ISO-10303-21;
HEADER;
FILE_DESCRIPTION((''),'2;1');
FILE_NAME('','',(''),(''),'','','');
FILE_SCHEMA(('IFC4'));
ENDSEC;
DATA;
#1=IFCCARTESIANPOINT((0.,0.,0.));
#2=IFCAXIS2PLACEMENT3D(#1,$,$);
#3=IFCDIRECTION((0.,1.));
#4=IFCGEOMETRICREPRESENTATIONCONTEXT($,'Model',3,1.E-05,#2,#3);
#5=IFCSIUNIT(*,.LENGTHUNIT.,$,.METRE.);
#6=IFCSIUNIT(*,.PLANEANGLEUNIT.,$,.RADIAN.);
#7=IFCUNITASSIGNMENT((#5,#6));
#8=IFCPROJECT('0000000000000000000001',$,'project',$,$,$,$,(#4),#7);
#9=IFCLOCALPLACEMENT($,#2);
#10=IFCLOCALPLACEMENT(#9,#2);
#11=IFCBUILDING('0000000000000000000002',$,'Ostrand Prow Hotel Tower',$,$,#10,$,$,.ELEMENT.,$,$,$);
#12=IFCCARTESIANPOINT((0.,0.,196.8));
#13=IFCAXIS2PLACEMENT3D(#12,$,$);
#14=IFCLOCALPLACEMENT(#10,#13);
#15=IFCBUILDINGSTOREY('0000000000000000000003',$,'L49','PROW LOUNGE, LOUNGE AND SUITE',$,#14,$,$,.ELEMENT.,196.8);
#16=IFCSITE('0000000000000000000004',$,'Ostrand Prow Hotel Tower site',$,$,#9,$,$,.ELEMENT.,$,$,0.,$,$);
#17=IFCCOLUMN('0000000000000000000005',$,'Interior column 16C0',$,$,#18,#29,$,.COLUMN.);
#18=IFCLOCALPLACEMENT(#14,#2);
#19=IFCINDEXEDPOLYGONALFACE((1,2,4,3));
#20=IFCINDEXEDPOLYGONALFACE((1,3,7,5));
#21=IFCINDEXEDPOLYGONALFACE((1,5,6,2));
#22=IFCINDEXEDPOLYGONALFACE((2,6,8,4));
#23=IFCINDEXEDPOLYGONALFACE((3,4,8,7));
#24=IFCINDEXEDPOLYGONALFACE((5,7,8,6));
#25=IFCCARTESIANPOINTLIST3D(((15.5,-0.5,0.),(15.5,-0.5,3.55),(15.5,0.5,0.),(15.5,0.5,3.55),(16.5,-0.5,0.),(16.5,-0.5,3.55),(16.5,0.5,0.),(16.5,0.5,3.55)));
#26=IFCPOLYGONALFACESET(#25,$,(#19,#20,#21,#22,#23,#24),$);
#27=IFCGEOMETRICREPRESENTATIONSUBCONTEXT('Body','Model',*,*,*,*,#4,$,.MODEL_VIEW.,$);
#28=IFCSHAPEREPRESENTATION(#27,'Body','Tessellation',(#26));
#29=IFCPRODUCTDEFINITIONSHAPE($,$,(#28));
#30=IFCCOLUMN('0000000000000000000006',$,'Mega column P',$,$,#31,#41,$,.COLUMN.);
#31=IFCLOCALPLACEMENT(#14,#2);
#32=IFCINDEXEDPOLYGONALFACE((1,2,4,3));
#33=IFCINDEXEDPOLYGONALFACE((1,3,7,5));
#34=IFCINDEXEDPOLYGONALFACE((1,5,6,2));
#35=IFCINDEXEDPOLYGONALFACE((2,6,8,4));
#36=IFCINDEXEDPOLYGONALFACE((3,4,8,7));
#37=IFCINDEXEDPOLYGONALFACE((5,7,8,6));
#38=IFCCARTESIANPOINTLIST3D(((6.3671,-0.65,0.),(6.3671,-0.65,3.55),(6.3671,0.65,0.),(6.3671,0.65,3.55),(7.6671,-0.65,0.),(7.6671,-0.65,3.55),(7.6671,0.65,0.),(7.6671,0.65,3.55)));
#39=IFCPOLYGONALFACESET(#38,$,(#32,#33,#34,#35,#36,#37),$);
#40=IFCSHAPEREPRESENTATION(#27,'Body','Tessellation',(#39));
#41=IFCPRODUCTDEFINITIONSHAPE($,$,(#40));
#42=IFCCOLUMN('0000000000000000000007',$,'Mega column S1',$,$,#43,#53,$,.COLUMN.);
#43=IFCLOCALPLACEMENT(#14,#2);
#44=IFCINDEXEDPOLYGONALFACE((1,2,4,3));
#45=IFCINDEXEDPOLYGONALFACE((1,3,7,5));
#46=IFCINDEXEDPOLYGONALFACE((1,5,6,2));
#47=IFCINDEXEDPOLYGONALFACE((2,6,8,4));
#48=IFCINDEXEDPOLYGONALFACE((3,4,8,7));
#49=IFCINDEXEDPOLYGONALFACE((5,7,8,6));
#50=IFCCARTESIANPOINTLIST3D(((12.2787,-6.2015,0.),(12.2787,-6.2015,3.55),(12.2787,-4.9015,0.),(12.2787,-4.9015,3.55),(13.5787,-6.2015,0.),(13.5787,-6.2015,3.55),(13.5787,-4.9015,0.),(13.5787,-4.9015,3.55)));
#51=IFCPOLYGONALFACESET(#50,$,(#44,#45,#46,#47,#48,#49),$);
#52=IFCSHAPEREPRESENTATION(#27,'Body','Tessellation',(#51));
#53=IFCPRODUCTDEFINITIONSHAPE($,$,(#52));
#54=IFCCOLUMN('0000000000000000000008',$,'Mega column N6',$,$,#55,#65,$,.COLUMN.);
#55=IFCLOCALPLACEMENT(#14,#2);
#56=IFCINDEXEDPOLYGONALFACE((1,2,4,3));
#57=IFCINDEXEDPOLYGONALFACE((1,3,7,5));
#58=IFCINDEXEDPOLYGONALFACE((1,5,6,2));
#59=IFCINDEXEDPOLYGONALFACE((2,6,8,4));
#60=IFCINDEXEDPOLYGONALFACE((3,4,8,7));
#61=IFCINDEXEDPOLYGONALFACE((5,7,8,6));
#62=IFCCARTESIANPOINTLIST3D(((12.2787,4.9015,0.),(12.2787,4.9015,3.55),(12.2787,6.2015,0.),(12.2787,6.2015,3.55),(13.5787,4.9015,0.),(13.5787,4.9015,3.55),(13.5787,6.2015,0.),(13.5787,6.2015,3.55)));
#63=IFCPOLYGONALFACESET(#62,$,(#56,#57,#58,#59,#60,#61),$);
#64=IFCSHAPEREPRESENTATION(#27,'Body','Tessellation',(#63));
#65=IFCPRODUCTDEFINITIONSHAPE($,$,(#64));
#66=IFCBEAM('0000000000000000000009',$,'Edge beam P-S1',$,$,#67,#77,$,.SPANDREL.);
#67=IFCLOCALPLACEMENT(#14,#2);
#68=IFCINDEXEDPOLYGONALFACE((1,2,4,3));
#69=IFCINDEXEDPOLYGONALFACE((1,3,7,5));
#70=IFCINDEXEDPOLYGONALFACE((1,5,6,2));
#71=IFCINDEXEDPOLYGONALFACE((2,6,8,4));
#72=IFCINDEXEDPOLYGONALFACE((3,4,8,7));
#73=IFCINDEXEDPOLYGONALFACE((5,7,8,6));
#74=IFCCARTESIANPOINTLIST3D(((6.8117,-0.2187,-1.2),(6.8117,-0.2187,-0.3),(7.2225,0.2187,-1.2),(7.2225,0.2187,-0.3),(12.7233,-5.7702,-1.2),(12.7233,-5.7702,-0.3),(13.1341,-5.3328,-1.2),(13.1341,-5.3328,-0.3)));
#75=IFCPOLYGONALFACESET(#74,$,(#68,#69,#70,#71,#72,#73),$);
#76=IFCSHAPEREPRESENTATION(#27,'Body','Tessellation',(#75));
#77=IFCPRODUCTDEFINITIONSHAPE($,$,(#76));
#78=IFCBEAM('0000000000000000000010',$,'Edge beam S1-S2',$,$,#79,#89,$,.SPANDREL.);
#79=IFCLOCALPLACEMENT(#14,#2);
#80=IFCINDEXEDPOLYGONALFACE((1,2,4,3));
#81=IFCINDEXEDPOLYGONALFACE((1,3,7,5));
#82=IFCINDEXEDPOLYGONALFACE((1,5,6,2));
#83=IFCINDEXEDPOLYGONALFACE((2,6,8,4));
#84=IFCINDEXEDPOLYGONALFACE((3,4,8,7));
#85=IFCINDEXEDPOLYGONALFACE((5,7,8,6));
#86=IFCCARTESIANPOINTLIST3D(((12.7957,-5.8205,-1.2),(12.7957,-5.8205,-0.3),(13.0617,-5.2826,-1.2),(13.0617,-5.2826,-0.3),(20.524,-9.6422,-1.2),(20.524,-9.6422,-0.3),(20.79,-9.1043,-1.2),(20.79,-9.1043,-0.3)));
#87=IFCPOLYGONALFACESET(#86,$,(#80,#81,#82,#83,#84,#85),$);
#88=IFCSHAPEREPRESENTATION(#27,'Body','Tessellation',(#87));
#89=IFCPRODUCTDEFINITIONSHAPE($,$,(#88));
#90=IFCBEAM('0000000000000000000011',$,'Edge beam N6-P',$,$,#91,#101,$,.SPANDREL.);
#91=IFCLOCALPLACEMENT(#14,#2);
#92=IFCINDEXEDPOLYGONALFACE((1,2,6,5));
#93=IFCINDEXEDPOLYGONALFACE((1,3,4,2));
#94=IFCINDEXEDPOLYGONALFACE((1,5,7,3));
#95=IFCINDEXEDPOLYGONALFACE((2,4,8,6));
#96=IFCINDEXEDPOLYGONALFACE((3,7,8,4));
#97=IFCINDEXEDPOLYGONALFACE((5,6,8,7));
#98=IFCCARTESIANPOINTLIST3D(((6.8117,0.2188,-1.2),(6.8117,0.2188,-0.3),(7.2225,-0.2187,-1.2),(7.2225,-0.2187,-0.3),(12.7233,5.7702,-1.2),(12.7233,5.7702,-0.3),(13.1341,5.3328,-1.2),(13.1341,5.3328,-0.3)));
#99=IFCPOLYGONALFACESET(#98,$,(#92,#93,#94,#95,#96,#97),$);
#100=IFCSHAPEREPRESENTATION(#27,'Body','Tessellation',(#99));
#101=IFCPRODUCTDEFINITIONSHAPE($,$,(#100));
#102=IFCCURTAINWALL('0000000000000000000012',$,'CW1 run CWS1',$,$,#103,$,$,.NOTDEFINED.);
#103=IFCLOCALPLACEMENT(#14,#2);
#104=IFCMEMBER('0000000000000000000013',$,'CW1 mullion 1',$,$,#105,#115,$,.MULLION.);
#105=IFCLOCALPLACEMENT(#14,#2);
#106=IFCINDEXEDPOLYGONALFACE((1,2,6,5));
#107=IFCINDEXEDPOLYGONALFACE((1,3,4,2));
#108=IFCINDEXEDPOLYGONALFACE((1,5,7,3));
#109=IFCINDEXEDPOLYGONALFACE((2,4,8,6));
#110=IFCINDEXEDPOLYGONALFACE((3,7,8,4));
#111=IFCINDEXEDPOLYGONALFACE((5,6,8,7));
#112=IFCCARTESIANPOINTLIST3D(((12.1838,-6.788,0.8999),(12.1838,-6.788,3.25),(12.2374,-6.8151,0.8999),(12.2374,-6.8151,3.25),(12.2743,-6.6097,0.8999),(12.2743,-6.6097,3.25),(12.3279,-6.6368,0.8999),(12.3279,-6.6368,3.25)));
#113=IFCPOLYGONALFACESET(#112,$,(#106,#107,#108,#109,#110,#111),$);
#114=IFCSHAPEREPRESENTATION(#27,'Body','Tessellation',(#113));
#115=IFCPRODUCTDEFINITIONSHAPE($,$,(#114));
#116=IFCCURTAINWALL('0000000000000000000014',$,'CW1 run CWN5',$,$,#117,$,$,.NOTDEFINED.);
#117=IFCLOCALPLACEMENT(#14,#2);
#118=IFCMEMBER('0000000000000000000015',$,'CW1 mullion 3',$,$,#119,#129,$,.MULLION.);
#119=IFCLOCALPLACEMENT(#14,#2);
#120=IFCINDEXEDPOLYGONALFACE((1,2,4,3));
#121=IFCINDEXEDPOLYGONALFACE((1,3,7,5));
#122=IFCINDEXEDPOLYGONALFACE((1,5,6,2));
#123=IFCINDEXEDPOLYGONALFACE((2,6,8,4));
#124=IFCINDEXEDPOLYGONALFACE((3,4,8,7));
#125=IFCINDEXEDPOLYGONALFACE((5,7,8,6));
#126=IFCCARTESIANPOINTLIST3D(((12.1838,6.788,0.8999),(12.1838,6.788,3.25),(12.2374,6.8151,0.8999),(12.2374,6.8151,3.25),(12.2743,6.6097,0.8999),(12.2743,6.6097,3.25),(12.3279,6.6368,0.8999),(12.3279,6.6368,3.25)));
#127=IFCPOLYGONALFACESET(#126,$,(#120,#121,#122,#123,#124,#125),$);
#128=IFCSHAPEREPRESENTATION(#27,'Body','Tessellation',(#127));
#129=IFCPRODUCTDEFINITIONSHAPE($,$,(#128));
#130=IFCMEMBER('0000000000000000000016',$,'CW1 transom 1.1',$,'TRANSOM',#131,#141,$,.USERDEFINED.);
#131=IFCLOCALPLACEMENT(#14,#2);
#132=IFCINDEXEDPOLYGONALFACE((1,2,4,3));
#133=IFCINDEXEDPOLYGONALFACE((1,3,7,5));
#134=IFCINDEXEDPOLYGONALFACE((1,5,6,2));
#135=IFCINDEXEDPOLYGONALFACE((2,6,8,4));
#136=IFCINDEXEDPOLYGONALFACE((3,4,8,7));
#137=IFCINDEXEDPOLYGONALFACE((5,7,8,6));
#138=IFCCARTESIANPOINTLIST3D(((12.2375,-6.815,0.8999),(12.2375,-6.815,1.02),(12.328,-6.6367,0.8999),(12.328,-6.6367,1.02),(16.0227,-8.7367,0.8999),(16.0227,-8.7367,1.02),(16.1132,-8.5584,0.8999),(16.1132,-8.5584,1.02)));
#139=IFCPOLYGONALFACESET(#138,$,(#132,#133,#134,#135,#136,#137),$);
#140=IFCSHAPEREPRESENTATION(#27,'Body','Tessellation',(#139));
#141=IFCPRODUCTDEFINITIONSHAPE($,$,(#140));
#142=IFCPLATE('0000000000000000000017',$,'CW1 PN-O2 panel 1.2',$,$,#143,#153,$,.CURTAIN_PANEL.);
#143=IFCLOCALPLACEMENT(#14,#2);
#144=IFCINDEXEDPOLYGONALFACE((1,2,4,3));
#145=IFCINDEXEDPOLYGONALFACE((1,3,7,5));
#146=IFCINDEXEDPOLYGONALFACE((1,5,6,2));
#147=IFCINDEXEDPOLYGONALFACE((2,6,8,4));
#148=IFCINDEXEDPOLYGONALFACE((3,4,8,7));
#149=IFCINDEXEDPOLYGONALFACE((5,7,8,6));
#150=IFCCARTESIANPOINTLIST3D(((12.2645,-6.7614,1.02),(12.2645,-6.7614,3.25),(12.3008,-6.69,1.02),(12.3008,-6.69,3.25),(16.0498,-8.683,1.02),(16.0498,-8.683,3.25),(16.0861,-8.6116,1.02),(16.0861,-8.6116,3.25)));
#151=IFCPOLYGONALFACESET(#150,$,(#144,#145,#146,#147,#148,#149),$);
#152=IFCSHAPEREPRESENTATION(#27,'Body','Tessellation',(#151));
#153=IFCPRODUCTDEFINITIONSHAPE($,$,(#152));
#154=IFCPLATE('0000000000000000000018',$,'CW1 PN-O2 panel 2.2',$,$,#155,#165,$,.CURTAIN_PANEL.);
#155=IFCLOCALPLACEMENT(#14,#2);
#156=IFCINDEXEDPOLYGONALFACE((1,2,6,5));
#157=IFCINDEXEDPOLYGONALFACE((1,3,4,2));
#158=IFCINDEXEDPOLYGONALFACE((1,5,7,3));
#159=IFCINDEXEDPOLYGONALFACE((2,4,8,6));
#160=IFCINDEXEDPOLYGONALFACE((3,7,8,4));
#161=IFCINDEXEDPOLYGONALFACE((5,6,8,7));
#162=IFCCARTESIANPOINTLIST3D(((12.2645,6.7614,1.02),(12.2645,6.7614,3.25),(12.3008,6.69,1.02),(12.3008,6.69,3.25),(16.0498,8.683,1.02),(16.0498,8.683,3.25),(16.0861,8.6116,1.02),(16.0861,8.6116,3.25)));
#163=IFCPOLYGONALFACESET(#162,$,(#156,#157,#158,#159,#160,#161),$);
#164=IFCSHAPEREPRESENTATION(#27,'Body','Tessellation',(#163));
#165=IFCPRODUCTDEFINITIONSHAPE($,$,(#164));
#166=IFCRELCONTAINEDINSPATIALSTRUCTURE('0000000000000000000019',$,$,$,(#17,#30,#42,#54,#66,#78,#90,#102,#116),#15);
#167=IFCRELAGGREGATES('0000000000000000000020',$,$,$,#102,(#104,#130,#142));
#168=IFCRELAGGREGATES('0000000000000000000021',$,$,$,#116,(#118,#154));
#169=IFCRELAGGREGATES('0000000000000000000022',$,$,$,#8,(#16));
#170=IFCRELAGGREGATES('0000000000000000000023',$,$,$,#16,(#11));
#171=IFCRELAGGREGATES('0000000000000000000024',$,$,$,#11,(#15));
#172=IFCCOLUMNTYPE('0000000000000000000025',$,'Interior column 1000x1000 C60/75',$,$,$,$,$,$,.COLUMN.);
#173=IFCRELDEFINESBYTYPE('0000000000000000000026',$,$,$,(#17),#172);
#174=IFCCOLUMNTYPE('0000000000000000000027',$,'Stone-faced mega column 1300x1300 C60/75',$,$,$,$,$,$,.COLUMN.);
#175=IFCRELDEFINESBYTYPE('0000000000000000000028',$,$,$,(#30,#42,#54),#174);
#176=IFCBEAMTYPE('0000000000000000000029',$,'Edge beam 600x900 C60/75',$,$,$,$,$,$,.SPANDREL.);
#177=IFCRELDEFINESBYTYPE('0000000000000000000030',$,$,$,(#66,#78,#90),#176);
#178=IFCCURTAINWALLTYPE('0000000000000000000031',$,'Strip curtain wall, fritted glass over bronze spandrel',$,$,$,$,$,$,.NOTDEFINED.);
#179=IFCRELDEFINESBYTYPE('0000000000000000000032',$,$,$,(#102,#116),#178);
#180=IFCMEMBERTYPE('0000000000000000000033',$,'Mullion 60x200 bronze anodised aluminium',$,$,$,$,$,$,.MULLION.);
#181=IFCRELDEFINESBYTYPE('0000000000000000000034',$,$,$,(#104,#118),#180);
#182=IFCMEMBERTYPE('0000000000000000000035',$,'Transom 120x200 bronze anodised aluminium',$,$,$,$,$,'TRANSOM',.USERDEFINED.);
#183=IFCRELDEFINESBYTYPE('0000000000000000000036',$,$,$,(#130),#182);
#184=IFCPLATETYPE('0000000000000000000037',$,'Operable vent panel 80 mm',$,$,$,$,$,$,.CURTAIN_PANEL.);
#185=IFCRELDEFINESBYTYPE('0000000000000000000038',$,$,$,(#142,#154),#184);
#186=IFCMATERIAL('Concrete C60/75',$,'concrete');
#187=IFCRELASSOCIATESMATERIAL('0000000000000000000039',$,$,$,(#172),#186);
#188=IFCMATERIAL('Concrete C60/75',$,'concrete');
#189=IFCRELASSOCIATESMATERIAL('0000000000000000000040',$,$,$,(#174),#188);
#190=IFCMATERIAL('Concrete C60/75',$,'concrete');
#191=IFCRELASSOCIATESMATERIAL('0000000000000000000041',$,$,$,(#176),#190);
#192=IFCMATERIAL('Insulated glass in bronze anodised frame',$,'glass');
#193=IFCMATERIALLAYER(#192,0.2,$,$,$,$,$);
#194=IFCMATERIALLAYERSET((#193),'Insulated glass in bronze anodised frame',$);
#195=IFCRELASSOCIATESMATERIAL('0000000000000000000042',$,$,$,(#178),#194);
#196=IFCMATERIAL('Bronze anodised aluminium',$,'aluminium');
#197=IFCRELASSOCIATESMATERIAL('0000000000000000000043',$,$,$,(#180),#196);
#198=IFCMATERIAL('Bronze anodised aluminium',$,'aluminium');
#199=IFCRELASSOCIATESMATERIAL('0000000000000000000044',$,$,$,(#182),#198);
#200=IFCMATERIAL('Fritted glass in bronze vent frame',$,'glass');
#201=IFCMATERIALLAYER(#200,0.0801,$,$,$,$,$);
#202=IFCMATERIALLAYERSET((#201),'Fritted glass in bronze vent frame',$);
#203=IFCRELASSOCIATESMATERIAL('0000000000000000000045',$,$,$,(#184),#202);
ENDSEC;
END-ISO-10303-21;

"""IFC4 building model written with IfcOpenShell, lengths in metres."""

from ifc_helpers import new_model, si_unit, direction, frame, origin, origin_2d, place, context, subcontext, project, spatial, rectangle, extrude, material, layer, layer_set, material_profile, profile_set, type_object, element, aggregate, save


model = new_model("IFC4")

# Units and contexts
model_context = context("Model", 3, precision=1e-05, world=origin(), true_north=direction((0.0, 1.0)))
body_context = subcontext(model_context, "Body", "Model", "MODEL_VIEW")
ifc_project = project(units=[si_unit("LENGTHUNIT", "METRE"), si_unit("PLANEANGLEUNIT", "RADIAN")], contexts=[model_context])

# Site, building, storey
site_placement = place(None, origin())
site = spatial("IfcSite", under=ifc_project, at=site_placement, Name="Ostrand Prow Hotel Tower site", CompositionType="ELEMENT", RefElevation=0.0)
building_placement = place(site_placement, origin())
building = spatial("IfcBuilding", under=site, at=building_placement, Name="Ostrand Prow Hotel Tower", CompositionType="ELEMENT")
storey_placement = place(building_placement, frame((0.0, 0.0, 196.8)))
storey = spatial("IfcBuildingStorey", under=building, at=storey_placement, Name="L49", Description="PROW LOUNGE, LOUNGE AND SUITE", CompositionType="ELEMENT", Elevation=196.8)

# Columns
ifc_material_1 = material(Name="Concrete C60/75", Category="concrete")
ifc_material_profile_1 = material_profile(ifc_material_1, rectangle(XDim=1.0, YDim=1.0, at=origin_2d()), Name="RC 1000x1000")
ifc_profile_set_1 = profile_set([ifc_material_profile_1], Name="Concrete C60/75")
column_type_1 = type_object("IfcColumnType", Name="Interior column 1000x1000 C60/75", PredefinedType="COLUMN", material=ifc_profile_set_1)
column_placement = place(storey_placement, frame((16.0, 0.0, 0.0), z_axis=(0.0, 0.0, 1.0), x_axis=(1.0, 0.0, 0.0)))
element("IfcColumn", 1, at=column_placement, inside=storey, type_object=column_type_1, Name="Interior column 16C0", PredefinedType="COLUMN", context=body_context, shape_type="SweptSolid", body=[
    extrude(rectangle(XDim=1.0, YDim=1.0, at=origin_2d()), origin(), (0.0, 0.0, 1.0), 3.55),
])
ifc_material_2 = material(Name="Concrete C60/75", Category="concrete")
ifc_material_profile_2 = material_profile(ifc_material_2, rectangle(XDim=1.3, YDim=1.3, at=origin_2d()), Name="RC 1300x1300")
ifc_profile_set_2 = profile_set([ifc_material_profile_2], Name="Concrete C60/75")
column_type_2 = type_object("IfcColumnType", Name="Stone-faced mega column 1300x1300 C60/75", PredefinedType="COLUMN", material=ifc_profile_set_2)
for number, where, z_axis, x_axis, name in (
    (2, (7.0171, 0.0, 0.0), (0.0, 0.0, 1.0), (1.0, 0.0, 0.0), "Mega column P"),
    (3, (12.9287, -5.5515, 0.0), (0.0, 0.0, 1.0), (1.0, 0.0, 0.0), "Mega column S1"),
    (4, (12.9287, 5.5515, 0.0), (0.0, 0.0, 1.0), (1.0, 0.0, 0.0), "Mega column N6"),
):
    element("IfcColumn", number, at=place(storey_placement, frame(where, z_axis=z_axis, x_axis=x_axis)), inside=storey, type_object=column_type_2, Name=name, PredefinedType="COLUMN", context=body_context, shape_type="SweptSolid", body=[
        extrude(rectangle(XDim=1.3, YDim=1.3, at=origin_2d()), origin(), (0.0, 0.0, 1.0), 3.55),
    ])

# Beams
ifc_material_3 = material(Name="Concrete C60/75", Category="concrete")
ifc_material_profile_3 = material_profile(ifc_material_3, rectangle(XDim=0.6001, YDim=0.8999, at=origin_2d()), Name="RC 600x900")
ifc_profile_set_3 = profile_set([ifc_material_profile_3], Name="Concrete C60/75")
beam_type = type_object("IfcBeamType", Name="Edge beam 600x900 C60/75", PredefinedType="SPANDREL", material=ifc_profile_set_3)
beam_1_placement = place(storey_placement, frame((7.0171, 0.0, -0.75), z_axis=(0.728961, -0.684556, 0.0), x_axis=(0.684556, 0.728961, 0.0)))
element("IfcBeam", 5, at=beam_1_placement, inside=storey, type_object=beam_type, Name="Edge beam P-S1", PredefinedType="SPANDREL", context=body_context, shape_type="SweptSolid", body=[
    extrude(rectangle(XDim=0.6001, YDim=0.8999, at=origin_2d()), origin(), (0.0, 0.0, 1.0), 8.1096),
])
beam_2_placement = place(storey_placement, frame((12.9287, -5.5515, -0.75), z_axis=(0.896384, -0.443279, 0.0), x_axis=(0.443279, 0.896384, 0.0)))
element("IfcBeam", 6, at=beam_2_placement, inside=storey, type_object=beam_type, Name="Edge beam S1-S2", PredefinedType="SPANDREL", context=body_context, shape_type="SweptSolid", body=[
    extrude(rectangle(XDim=0.6001, YDim=0.8999, at=origin_2d()), origin(), (0.0, 0.0, 1.0), 8.6216),
])
beam_3_placement = place(storey_placement, frame((12.9287, 5.5515, -0.75), z_axis=(-0.728961, -0.684556, 0.0), x_axis=(0.684556, -0.728961, 0.0)))
element("IfcBeam", 7, at=beam_3_placement, inside=storey, type_object=beam_type, Name="Edge beam N6-P", PredefinedType="SPANDREL", context=body_context, shape_type="SweptSolid", body=[
    extrude(rectangle(XDim=0.6001, YDim=0.8999, at=origin_2d()), origin(), (0.0, 0.0, 1.0), 8.1096),
])

# Curtain walls, members
ifc_material_4 = material(Name="Insulated glass in bronze anodised frame", Category="glass")
ifc_layer_1 = layer(ifc_material_4, 0.2)
ifc_layer_set_1 = layer_set([ifc_layer_1], Name="Insulated glass in bronze anodised frame")
curtain_wall_type = type_object("IfcCurtainWallType", Name="Strip curtain wall, fritted glass over bronze spandrel", PredefinedType="NOTDEFINED", material=ifc_layer_set_1)
curtain_wall_1_placement = place(storey_placement, origin())
curtain_wall_1 = element("IfcCurtainWall", 8, at=curtain_wall_1_placement, inside=storey, type_object=curtain_wall_type, Name="CW1 run CWS1", PredefinedType="NOTDEFINED")
ifc_material_5 = material(Name="Bronze anodised aluminium", Category="aluminium")
ifc_material_profile_4 = material_profile(ifc_material_5, rectangle(XDim=0.2, YDim=0.0601, at=origin_2d()), Name="Mullion 60x200 bronze anodised aluminium")
ifc_profile_set_4 = profile_set([ifc_material_profile_4], Name="Bronze anodised aluminium")
member_type_1 = type_object("IfcMemberType", Name="Mullion 60x200 bronze anodised aluminium", PredefinedType="MULLION", material=ifc_profile_set_4)
member_1_placement = place(storey_placement, frame((12.2559, -6.7124, 0.8999), z_axis=(0.0, 0.0, 1.0), x_axis=(0.452659, 0.891684, 0.0)))
member_1 = element("IfcMember", 9, at=member_1_placement, type_object=member_type_1, Name="CW1 mullion 1", PredefinedType="MULLION", context=body_context, shape_type="SweptSolid", body=[
    extrude(rectangle(XDim=0.2, YDim=0.0601, at=origin_2d()), origin(), (0.0, 0.0, 1.0), 2.3501),
])
curtain_wall_2_placement = place(storey_placement, origin())
curtain_wall_2 = element("IfcCurtainWall", 10, at=curtain_wall_2_placement, inside=storey, type_object=curtain_wall_type, Name="CW1 run CWN5", PredefinedType="NOTDEFINED")
member_2_placement = place(storey_placement, frame((12.2559, 6.7124, 0.8999), z_axis=(0.0, 0.0, 1.0), x_axis=(0.452659, -0.891684, 0.0)))
member_2 = element("IfcMember", 11, at=member_2_placement, type_object=member_type_1, Name="CW1 mullion 3", PredefinedType="MULLION", context=body_context, shape_type="SweptSolid", body=[
    extrude(rectangle(XDim=0.2, YDim=0.0601, at=origin_2d()), origin(), (0.0, 0.0, 1.0), 2.3501),
])

# Member
ifc_material_6 = material(Name="Bronze anodised aluminium", Category="aluminium")
ifc_material_profile_5 = material_profile(ifc_material_6, rectangle(XDim=0.2, YDim=0.1201, at=origin_2d()), Name="Transom 120x200 bronze anodised aluminium")
ifc_profile_set_5 = profile_set([ifc_material_profile_5], Name="Bronze anodised aluminium")
member_type_2 = type_object("IfcMemberType", Name="Transom 120x200 bronze anodised aluminium", ElementType="TRANSOM", PredefinedType="USERDEFINED", material=ifc_profile_set_5)
member_3_placement = place(storey_placement, frame((12.2827, -6.7258, 0.96), z_axis=(0.891673, -0.45268, 0.0), x_axis=(0.45268, 0.891673, 0.0)))
member_3 = element("IfcMember", 12, at=member_3_placement, type_object=member_type_2, Name="CW1 transom 1.1", ObjectType="TRANSOM", PredefinedType="USERDEFINED", context=body_context, shape_type="SweptSolid", body=[
    extrude(rectangle(XDim=0.2, YDim=0.1201, at=origin_2d()), origin(), (0.0, 0.0, 1.0), 4.2451),
])

# Plates
ifc_material_7 = material(Name="Fritted glass in bronze vent frame", Category="glass")
ifc_layer_2 = layer(ifc_material_7, 0.0801)
ifc_layer_set_2 = layer_set([ifc_layer_2], Name="Fritted glass in bronze vent frame")
plate_type = type_object("IfcPlateType", Name="Operable vent panel 80 mm", PredefinedType="CURTAIN_PANEL", material=ifc_layer_set_2)
plate_1_placement = place(storey_placement, frame((14.1753, -7.6865, 1.02), z_axis=(0.0, 0.0, 1.0), x_axis=(0.891684, -0.452659, 0.0)))
plate_1 = element("IfcPlate", 13, at=plate_1_placement, type_object=plate_type, Name="CW1 PN-O2 panel 1.2", PredefinedType="CURTAIN_PANEL", context=body_context, shape_type="SweptSolid", body=[
    extrude(rectangle(XDim=4.2451, YDim=0.0801, at=origin_2d()), origin(), (0.0, 0.0, 1.0), 2.23),
])
aggregate(curtain_wall_1, [member_1, member_3, plate_1])
plate_2_placement = place(storey_placement, frame((14.1753, 7.6865, 1.02), z_axis=(0.0, 0.0, 1.0), x_axis=(-0.891684, -0.452659, 0.0)))
plate_2 = element("IfcPlate", 14, at=plate_2_placement, type_object=plate_type, Name="CW1 PN-O2 panel 2.2", PredefinedType="CURTAIN_PANEL", context=body_context, shape_type="SweptSolid", body=[
    extrude(rectangle(XDim=4.2451, YDim=0.0801, at=origin_2d()), origin(), (0.0, 0.0, 1.0), 2.23),
])
aggregate(curtain_wall_2, [member_2, plate_2])

save(model, "model.ifc")
